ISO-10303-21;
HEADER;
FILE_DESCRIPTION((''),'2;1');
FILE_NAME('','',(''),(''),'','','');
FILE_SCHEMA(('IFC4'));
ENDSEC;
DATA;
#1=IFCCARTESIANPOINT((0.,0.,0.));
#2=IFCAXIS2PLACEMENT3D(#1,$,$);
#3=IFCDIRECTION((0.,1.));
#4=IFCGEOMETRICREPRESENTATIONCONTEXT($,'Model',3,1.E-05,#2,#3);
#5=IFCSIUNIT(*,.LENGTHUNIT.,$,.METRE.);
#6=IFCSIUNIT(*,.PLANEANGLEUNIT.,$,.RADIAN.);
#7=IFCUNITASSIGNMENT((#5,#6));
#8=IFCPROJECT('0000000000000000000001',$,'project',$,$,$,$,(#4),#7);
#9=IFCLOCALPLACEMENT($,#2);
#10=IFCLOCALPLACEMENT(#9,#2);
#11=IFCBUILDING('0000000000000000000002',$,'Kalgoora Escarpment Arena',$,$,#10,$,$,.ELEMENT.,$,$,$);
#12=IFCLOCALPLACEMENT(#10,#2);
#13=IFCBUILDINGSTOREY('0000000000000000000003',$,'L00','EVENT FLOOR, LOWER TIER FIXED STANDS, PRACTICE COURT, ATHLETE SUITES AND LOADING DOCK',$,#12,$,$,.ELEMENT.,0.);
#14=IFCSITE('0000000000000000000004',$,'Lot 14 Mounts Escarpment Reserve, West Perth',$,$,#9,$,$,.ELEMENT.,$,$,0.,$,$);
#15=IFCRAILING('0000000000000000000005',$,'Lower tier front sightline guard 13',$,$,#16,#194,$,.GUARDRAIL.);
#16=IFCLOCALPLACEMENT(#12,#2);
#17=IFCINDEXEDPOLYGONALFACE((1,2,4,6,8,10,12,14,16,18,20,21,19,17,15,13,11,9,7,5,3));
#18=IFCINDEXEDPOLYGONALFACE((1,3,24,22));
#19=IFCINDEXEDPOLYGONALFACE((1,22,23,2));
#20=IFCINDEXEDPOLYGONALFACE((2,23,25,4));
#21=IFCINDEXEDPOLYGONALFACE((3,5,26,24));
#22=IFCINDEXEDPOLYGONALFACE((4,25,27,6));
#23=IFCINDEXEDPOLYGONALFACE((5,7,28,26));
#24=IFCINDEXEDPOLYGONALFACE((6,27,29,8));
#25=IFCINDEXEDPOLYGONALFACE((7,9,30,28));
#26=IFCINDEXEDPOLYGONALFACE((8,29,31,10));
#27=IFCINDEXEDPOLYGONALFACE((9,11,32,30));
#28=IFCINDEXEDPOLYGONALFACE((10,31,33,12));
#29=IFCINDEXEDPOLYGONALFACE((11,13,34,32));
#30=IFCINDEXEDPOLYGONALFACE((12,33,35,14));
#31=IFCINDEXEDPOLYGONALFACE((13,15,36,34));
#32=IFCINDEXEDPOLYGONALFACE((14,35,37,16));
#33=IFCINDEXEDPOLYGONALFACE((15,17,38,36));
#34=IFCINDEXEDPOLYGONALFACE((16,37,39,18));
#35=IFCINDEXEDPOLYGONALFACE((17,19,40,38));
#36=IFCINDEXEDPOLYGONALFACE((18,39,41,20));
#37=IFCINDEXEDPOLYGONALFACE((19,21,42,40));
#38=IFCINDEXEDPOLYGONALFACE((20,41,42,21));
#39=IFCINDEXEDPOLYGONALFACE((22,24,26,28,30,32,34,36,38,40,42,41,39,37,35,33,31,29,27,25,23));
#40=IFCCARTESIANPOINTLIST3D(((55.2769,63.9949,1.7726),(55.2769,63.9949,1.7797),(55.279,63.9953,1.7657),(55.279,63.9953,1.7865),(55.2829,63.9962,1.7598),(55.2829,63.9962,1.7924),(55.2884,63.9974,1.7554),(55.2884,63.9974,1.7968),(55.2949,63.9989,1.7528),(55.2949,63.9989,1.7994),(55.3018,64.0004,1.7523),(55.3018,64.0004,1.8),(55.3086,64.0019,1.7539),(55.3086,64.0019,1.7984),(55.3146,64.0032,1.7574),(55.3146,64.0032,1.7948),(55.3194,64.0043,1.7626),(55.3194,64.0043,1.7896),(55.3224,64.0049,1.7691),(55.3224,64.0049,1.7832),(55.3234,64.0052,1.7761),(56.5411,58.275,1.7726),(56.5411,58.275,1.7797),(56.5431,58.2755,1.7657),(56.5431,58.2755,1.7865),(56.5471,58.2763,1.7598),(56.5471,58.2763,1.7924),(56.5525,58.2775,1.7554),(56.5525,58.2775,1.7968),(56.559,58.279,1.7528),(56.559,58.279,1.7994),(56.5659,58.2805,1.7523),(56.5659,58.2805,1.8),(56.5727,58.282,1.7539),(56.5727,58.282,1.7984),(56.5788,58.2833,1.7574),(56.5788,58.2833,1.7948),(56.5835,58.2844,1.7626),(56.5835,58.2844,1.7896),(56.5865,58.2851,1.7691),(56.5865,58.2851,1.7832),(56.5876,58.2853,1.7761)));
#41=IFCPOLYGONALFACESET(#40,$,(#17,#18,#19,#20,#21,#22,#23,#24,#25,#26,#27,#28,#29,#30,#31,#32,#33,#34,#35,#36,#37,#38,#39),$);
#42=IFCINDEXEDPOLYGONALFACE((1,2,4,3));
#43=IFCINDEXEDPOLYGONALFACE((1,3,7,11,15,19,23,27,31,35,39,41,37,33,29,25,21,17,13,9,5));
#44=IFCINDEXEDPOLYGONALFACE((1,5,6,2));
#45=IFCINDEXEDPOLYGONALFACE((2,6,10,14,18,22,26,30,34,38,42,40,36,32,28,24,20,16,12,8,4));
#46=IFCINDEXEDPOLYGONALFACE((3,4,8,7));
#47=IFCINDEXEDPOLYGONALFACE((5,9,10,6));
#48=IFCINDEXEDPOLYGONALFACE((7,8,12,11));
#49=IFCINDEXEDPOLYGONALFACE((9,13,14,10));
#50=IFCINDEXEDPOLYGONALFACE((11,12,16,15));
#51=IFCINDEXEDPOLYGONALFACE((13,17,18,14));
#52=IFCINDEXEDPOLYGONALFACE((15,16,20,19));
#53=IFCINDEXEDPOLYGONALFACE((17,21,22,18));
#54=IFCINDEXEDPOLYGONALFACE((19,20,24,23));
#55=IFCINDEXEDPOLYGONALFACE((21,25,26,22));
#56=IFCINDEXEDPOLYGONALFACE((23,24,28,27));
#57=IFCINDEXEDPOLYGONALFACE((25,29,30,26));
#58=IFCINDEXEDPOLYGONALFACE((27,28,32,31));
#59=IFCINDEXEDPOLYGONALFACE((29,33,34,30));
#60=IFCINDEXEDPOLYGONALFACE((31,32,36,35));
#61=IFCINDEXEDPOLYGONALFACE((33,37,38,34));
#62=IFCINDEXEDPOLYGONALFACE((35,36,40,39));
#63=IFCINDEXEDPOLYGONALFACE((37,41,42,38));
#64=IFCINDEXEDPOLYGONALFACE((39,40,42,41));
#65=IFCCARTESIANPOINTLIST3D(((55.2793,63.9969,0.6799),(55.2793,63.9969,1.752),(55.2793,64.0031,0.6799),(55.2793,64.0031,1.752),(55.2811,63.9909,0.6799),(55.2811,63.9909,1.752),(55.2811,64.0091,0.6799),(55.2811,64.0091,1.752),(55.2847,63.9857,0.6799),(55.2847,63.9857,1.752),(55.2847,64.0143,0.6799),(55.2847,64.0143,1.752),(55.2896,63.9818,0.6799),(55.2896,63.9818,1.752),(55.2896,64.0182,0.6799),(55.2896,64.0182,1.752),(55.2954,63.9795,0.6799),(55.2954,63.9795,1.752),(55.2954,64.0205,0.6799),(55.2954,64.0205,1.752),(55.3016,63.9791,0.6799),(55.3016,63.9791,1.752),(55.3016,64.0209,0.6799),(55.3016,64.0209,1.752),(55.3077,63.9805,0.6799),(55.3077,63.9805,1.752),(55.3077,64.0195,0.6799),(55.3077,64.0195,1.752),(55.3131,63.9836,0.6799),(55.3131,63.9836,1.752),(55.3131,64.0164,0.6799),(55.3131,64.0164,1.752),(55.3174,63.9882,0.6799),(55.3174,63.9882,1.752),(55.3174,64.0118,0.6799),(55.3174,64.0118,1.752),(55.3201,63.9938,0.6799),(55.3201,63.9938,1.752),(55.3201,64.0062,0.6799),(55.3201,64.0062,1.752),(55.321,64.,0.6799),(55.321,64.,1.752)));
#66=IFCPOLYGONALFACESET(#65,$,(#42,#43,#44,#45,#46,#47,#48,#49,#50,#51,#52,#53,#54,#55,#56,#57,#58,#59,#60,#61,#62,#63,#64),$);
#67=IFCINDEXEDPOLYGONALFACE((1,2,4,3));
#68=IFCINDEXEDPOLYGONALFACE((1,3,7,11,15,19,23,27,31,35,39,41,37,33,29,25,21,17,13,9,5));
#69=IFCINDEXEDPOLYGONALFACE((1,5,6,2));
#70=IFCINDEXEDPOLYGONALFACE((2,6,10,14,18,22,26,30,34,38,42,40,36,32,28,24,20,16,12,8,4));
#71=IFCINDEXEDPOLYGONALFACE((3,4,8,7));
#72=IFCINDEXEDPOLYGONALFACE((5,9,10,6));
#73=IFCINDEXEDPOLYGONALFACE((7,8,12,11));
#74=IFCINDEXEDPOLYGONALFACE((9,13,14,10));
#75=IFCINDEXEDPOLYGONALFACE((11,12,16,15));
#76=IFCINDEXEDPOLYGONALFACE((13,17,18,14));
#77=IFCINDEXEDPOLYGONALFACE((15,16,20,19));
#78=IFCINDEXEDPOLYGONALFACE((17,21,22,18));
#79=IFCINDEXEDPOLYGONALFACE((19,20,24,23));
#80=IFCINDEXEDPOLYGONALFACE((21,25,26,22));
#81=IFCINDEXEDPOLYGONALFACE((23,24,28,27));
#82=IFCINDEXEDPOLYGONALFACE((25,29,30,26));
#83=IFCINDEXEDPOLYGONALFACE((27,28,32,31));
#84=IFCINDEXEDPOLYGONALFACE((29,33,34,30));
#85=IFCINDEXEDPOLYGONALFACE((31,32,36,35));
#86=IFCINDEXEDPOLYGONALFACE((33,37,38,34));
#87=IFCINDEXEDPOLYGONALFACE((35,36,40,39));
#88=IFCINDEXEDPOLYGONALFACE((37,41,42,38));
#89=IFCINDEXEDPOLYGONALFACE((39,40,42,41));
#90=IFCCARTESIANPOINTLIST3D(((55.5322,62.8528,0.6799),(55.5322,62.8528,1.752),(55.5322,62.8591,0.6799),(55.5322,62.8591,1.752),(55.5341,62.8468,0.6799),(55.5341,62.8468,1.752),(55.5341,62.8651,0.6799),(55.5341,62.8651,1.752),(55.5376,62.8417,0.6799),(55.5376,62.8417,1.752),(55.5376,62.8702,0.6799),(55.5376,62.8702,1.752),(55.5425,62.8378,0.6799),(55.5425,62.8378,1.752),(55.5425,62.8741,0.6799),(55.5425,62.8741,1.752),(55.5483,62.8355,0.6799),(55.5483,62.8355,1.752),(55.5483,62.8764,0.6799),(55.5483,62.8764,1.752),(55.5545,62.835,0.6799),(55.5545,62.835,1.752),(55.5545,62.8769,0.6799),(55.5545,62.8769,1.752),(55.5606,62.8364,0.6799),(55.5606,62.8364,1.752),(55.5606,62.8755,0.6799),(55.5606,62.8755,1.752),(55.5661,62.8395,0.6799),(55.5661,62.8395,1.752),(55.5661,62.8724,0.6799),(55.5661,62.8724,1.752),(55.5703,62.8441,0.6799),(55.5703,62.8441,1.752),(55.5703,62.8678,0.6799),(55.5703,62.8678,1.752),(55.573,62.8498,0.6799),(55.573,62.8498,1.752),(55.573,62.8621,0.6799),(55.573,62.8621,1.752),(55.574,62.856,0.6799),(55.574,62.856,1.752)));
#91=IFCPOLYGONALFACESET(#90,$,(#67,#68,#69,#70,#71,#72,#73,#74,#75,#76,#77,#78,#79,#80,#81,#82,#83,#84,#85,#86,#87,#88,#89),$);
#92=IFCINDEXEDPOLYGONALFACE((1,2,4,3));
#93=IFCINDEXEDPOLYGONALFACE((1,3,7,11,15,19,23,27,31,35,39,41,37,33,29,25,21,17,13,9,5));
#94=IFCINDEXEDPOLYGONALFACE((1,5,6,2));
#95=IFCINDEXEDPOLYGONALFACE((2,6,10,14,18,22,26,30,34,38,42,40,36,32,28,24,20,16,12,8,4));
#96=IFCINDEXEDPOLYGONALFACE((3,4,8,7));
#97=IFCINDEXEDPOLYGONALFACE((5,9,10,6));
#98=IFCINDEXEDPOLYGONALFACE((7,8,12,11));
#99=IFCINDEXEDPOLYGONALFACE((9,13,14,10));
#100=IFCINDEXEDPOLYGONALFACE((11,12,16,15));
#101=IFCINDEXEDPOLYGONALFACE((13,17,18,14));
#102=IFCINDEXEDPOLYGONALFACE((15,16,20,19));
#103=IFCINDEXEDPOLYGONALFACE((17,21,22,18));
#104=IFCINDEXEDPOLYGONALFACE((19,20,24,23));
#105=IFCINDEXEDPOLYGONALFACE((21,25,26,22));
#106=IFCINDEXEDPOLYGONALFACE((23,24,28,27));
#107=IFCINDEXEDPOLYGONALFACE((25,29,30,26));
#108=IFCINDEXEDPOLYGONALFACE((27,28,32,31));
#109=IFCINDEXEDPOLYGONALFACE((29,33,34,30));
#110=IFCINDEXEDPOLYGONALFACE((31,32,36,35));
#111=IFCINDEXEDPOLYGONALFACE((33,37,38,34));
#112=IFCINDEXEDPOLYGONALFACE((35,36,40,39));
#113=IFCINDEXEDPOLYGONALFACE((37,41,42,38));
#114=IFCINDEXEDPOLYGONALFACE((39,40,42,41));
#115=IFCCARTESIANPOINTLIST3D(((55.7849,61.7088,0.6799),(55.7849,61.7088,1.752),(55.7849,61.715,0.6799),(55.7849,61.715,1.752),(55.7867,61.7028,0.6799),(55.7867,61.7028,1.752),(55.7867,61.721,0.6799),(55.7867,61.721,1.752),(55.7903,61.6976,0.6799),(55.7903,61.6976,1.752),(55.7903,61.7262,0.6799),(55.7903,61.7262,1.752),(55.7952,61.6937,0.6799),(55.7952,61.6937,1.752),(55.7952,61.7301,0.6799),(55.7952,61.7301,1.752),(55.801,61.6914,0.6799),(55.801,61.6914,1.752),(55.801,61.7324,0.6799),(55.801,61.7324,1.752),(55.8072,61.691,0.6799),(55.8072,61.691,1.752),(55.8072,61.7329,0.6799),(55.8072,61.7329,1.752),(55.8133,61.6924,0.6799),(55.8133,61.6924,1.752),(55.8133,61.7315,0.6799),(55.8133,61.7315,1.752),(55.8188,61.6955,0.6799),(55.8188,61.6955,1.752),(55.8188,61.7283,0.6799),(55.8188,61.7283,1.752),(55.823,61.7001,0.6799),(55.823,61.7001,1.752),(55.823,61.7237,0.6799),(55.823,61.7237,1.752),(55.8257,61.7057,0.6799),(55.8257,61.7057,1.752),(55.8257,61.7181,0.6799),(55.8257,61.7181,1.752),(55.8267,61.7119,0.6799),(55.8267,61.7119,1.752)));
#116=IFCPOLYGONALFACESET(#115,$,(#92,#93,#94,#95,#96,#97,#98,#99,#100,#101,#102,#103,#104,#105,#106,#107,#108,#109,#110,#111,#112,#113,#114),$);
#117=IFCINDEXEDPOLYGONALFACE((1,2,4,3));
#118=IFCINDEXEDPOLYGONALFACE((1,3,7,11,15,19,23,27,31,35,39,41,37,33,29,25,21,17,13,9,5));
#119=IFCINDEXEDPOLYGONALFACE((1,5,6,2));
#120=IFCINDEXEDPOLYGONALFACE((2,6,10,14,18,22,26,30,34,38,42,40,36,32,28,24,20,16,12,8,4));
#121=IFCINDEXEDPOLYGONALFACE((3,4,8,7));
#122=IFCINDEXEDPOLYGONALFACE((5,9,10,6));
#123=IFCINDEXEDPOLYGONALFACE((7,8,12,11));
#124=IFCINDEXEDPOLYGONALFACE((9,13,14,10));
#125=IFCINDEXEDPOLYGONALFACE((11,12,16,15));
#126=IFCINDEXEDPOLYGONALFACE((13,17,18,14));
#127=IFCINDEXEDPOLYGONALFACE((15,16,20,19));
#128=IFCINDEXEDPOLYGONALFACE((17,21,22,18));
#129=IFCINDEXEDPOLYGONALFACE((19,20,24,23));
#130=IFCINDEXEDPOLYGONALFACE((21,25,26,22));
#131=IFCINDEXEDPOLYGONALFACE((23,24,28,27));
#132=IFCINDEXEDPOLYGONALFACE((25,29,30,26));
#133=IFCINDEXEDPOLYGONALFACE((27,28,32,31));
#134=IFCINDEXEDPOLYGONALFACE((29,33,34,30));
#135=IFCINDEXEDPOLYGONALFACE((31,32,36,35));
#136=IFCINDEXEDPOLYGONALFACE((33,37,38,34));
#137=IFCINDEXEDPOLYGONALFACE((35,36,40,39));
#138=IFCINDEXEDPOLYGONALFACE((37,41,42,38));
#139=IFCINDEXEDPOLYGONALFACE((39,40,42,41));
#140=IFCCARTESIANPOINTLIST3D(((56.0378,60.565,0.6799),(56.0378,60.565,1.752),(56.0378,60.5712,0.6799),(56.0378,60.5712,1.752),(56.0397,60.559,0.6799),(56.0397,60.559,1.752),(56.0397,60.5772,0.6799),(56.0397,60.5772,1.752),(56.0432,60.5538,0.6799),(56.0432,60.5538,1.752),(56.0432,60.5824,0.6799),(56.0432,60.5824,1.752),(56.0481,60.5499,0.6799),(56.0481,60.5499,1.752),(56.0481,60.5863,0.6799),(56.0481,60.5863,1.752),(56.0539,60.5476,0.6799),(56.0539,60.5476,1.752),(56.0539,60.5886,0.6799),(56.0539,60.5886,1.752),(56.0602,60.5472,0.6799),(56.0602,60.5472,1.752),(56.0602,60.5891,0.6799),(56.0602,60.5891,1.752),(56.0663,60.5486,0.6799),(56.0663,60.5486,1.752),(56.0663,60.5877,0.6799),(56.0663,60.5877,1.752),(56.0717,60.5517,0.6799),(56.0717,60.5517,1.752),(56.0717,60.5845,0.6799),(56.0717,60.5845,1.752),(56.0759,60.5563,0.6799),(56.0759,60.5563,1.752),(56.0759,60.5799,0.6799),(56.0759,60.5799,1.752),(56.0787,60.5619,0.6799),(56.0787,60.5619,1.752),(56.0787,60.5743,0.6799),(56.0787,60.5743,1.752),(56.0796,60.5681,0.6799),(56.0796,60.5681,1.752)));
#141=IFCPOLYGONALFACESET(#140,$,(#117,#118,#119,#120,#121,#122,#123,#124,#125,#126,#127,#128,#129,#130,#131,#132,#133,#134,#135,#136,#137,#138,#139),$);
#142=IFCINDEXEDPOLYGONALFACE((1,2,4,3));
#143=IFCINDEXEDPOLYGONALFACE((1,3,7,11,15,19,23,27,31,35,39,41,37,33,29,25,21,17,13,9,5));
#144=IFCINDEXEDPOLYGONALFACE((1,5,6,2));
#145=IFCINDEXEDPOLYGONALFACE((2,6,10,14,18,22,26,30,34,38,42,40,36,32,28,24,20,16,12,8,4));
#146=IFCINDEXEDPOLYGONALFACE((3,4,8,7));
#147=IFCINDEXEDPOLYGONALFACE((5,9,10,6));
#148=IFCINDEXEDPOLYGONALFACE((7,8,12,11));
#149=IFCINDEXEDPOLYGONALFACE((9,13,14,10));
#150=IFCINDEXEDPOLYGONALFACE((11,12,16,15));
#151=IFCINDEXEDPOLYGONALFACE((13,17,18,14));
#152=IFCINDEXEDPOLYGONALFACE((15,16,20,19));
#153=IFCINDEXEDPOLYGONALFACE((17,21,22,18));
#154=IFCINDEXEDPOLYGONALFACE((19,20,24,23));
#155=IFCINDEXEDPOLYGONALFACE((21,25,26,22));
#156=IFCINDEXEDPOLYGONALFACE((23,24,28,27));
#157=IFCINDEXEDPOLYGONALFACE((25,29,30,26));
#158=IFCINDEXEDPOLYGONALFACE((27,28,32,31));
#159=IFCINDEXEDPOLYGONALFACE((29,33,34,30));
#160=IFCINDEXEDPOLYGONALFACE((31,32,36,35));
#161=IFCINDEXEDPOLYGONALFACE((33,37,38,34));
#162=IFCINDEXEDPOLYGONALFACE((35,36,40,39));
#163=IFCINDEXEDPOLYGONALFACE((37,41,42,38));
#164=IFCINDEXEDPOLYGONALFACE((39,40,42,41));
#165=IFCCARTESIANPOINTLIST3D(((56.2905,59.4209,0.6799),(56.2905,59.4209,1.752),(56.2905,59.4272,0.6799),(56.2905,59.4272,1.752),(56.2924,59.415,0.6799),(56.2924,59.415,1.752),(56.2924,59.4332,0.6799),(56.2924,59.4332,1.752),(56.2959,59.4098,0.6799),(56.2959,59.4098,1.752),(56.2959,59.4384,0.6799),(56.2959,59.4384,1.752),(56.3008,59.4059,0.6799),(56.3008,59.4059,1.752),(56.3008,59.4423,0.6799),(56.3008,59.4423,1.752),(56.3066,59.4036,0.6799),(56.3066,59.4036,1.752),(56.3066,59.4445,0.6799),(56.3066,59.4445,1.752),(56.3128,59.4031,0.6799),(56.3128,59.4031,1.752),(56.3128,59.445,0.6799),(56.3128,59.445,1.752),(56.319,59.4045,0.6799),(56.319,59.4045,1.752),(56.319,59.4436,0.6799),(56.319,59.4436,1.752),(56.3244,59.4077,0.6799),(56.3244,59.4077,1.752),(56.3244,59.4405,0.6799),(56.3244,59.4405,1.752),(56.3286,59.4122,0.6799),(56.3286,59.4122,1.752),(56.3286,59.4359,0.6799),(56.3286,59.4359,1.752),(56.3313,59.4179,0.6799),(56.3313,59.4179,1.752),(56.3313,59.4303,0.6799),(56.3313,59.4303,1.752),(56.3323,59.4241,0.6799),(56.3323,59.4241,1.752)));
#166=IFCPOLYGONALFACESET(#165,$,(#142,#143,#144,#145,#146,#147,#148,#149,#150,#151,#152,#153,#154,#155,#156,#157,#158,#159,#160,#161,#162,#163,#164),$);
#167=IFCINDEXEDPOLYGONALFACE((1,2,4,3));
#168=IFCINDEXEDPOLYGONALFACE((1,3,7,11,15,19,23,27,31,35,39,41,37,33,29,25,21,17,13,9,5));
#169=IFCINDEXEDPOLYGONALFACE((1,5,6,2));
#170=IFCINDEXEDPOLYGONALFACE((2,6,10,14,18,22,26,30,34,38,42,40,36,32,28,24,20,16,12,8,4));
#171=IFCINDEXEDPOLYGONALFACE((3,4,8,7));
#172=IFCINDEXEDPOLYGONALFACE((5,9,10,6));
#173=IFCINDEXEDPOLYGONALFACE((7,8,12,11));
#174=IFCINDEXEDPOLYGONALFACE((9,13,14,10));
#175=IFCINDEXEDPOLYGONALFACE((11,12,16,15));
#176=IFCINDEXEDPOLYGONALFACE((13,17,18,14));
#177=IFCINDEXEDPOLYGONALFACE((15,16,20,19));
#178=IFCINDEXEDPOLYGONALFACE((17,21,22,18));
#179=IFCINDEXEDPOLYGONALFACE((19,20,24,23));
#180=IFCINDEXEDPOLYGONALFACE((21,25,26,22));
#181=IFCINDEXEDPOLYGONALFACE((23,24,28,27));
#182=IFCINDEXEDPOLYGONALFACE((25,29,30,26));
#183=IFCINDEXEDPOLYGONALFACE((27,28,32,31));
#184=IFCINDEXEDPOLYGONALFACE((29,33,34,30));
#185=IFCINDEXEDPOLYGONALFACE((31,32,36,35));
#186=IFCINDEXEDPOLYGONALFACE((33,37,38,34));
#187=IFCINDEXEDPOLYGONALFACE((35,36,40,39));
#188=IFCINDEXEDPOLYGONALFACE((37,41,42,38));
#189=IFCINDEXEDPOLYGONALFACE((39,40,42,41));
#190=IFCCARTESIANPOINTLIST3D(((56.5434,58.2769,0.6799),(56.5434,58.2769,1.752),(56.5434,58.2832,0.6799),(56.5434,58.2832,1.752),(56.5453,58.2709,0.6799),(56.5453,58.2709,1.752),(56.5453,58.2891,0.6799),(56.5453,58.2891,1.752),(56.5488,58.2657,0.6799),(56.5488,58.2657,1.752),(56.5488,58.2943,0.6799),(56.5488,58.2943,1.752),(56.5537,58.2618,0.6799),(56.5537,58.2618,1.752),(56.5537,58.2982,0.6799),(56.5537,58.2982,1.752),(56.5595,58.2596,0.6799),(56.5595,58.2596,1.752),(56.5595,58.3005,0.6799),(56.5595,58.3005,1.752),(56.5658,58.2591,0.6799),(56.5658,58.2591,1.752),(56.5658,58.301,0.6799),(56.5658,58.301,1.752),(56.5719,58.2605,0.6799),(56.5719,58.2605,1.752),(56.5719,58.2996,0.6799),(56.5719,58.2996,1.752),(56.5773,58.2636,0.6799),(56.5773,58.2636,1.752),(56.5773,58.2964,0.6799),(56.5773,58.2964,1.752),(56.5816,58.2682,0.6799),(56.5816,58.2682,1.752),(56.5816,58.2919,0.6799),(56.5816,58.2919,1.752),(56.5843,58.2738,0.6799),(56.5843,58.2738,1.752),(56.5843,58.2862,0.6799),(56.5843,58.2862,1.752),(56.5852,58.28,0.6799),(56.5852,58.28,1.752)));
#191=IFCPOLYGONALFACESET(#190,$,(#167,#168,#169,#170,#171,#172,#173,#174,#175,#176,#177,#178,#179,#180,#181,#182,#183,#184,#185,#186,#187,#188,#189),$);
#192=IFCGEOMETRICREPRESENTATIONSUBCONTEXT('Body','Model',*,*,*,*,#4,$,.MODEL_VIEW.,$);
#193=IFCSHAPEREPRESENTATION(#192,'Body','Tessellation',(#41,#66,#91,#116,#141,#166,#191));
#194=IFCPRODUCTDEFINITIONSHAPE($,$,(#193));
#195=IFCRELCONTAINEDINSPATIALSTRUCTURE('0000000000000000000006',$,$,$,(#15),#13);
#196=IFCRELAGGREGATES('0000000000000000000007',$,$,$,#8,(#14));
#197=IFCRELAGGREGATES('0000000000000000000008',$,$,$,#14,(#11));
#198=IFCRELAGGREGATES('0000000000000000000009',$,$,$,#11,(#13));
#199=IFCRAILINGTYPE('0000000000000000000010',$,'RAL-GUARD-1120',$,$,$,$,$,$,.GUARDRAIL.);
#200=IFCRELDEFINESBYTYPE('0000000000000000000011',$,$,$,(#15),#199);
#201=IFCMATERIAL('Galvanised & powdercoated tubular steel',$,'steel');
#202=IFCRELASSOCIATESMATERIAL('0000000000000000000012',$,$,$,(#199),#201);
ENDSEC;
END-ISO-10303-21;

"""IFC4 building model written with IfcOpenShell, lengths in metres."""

from ifc_helpers import new_model, si_unit, direction, frame, origin, origin_2d, place, context, subcontext, project, spatial, circle, extrude, material, type_object, element, save


model = new_model("IFC4")

# Units and contexts
model_context = context("Model", 3, precision=1e-05, world=origin(), true_north=direction((0.0, 1.0)))
body_context = subcontext(model_context, "Body", "Model", "MODEL_VIEW")
ifc_project = project(units=[si_unit("LENGTHUNIT", "METRE"), si_unit("PLANEANGLEUNIT", "RADIAN")], contexts=[model_context])

# Site, building, storey
site_placement = place(None, origin())
site = spatial("IfcSite", under=ifc_project, at=site_placement, Name="Lot 14 Mounts Escarpment Reserve, West Perth", CompositionType="ELEMENT", RefElevation=0.0)
building_placement = place(site_placement, origin())
building = spatial("IfcBuilding", under=site, at=building_placement, Name="Kalgoora Escarpment Arena", CompositionType="ELEMENT")
storey_placement = place(building_placement, origin())
storey = spatial("IfcBuildingStorey", under=building, at=storey_placement, Name="L00", Description="EVENT FLOOR, LOWER TIER FIXED STANDS, PRACTICE COURT, ATHLETE SUITES AND LOADING DOCK", CompositionType="ELEMENT", Elevation=0.0)

# Railing
ifc_material_1 = material(Name="Galvanised & powdercoated tubular steel", Category="steel")
railing_type = type_object("IfcRailingType", Name="RAL-GUARD-1120", PredefinedType="GUARDRAIL", material=ifc_material_1)
railing_1_placement = place(storey_placement, frame((55.3, 64.0, 0.6799)))
element("IfcRailing", 1, at=railing_1_placement, inside=storey, type_object=railing_type, Name="Lower tier front sightline guard 13", PredefinedType="GUARDRAIL", context=body_context, shape_type="SweptSolid", body=[
    extrude(circle(Radius=0.0239, at=origin_2d()), frame((0.0, 0.0, 1.0962), z_axis=(0.215801, -0.976437, 0.0), x_axis=(0.976437, 0.215801, 0.0)), (0.0, 0.0, 1.0), 5.8579),
    extrude(circle(Radius=0.021, at=origin_2d()), origin(), (0.0, 0.0, 1.0), 1.072),
    extrude(circle(Radius=0.021, at=origin_2d()), frame((0.2529, -1.144, 0.0)), (0.0, 0.0, 1.0), 1.072),
    extrude(circle(Radius=0.021, at=origin_2d()), frame((0.5056, -2.2881, 0.0)), (0.0, 0.0, 1.0), 1.072),
    extrude(circle(Radius=0.021, at=origin_2d()), frame((0.7585, -3.4319, 0.0)), (0.0, 0.0, 1.0), 1.072),
    extrude(circle(Radius=0.021, at=origin_2d()), frame((1.0112, -4.5759, 0.0)), (0.0, 0.0, 1.0), 1.072),
    extrude(circle(Radius=0.021, at=origin_2d()), frame((1.2642, -5.72, 0.0)), (0.0, 0.0, 1.0), 1.072),
])

save(model, "model.ifc")
